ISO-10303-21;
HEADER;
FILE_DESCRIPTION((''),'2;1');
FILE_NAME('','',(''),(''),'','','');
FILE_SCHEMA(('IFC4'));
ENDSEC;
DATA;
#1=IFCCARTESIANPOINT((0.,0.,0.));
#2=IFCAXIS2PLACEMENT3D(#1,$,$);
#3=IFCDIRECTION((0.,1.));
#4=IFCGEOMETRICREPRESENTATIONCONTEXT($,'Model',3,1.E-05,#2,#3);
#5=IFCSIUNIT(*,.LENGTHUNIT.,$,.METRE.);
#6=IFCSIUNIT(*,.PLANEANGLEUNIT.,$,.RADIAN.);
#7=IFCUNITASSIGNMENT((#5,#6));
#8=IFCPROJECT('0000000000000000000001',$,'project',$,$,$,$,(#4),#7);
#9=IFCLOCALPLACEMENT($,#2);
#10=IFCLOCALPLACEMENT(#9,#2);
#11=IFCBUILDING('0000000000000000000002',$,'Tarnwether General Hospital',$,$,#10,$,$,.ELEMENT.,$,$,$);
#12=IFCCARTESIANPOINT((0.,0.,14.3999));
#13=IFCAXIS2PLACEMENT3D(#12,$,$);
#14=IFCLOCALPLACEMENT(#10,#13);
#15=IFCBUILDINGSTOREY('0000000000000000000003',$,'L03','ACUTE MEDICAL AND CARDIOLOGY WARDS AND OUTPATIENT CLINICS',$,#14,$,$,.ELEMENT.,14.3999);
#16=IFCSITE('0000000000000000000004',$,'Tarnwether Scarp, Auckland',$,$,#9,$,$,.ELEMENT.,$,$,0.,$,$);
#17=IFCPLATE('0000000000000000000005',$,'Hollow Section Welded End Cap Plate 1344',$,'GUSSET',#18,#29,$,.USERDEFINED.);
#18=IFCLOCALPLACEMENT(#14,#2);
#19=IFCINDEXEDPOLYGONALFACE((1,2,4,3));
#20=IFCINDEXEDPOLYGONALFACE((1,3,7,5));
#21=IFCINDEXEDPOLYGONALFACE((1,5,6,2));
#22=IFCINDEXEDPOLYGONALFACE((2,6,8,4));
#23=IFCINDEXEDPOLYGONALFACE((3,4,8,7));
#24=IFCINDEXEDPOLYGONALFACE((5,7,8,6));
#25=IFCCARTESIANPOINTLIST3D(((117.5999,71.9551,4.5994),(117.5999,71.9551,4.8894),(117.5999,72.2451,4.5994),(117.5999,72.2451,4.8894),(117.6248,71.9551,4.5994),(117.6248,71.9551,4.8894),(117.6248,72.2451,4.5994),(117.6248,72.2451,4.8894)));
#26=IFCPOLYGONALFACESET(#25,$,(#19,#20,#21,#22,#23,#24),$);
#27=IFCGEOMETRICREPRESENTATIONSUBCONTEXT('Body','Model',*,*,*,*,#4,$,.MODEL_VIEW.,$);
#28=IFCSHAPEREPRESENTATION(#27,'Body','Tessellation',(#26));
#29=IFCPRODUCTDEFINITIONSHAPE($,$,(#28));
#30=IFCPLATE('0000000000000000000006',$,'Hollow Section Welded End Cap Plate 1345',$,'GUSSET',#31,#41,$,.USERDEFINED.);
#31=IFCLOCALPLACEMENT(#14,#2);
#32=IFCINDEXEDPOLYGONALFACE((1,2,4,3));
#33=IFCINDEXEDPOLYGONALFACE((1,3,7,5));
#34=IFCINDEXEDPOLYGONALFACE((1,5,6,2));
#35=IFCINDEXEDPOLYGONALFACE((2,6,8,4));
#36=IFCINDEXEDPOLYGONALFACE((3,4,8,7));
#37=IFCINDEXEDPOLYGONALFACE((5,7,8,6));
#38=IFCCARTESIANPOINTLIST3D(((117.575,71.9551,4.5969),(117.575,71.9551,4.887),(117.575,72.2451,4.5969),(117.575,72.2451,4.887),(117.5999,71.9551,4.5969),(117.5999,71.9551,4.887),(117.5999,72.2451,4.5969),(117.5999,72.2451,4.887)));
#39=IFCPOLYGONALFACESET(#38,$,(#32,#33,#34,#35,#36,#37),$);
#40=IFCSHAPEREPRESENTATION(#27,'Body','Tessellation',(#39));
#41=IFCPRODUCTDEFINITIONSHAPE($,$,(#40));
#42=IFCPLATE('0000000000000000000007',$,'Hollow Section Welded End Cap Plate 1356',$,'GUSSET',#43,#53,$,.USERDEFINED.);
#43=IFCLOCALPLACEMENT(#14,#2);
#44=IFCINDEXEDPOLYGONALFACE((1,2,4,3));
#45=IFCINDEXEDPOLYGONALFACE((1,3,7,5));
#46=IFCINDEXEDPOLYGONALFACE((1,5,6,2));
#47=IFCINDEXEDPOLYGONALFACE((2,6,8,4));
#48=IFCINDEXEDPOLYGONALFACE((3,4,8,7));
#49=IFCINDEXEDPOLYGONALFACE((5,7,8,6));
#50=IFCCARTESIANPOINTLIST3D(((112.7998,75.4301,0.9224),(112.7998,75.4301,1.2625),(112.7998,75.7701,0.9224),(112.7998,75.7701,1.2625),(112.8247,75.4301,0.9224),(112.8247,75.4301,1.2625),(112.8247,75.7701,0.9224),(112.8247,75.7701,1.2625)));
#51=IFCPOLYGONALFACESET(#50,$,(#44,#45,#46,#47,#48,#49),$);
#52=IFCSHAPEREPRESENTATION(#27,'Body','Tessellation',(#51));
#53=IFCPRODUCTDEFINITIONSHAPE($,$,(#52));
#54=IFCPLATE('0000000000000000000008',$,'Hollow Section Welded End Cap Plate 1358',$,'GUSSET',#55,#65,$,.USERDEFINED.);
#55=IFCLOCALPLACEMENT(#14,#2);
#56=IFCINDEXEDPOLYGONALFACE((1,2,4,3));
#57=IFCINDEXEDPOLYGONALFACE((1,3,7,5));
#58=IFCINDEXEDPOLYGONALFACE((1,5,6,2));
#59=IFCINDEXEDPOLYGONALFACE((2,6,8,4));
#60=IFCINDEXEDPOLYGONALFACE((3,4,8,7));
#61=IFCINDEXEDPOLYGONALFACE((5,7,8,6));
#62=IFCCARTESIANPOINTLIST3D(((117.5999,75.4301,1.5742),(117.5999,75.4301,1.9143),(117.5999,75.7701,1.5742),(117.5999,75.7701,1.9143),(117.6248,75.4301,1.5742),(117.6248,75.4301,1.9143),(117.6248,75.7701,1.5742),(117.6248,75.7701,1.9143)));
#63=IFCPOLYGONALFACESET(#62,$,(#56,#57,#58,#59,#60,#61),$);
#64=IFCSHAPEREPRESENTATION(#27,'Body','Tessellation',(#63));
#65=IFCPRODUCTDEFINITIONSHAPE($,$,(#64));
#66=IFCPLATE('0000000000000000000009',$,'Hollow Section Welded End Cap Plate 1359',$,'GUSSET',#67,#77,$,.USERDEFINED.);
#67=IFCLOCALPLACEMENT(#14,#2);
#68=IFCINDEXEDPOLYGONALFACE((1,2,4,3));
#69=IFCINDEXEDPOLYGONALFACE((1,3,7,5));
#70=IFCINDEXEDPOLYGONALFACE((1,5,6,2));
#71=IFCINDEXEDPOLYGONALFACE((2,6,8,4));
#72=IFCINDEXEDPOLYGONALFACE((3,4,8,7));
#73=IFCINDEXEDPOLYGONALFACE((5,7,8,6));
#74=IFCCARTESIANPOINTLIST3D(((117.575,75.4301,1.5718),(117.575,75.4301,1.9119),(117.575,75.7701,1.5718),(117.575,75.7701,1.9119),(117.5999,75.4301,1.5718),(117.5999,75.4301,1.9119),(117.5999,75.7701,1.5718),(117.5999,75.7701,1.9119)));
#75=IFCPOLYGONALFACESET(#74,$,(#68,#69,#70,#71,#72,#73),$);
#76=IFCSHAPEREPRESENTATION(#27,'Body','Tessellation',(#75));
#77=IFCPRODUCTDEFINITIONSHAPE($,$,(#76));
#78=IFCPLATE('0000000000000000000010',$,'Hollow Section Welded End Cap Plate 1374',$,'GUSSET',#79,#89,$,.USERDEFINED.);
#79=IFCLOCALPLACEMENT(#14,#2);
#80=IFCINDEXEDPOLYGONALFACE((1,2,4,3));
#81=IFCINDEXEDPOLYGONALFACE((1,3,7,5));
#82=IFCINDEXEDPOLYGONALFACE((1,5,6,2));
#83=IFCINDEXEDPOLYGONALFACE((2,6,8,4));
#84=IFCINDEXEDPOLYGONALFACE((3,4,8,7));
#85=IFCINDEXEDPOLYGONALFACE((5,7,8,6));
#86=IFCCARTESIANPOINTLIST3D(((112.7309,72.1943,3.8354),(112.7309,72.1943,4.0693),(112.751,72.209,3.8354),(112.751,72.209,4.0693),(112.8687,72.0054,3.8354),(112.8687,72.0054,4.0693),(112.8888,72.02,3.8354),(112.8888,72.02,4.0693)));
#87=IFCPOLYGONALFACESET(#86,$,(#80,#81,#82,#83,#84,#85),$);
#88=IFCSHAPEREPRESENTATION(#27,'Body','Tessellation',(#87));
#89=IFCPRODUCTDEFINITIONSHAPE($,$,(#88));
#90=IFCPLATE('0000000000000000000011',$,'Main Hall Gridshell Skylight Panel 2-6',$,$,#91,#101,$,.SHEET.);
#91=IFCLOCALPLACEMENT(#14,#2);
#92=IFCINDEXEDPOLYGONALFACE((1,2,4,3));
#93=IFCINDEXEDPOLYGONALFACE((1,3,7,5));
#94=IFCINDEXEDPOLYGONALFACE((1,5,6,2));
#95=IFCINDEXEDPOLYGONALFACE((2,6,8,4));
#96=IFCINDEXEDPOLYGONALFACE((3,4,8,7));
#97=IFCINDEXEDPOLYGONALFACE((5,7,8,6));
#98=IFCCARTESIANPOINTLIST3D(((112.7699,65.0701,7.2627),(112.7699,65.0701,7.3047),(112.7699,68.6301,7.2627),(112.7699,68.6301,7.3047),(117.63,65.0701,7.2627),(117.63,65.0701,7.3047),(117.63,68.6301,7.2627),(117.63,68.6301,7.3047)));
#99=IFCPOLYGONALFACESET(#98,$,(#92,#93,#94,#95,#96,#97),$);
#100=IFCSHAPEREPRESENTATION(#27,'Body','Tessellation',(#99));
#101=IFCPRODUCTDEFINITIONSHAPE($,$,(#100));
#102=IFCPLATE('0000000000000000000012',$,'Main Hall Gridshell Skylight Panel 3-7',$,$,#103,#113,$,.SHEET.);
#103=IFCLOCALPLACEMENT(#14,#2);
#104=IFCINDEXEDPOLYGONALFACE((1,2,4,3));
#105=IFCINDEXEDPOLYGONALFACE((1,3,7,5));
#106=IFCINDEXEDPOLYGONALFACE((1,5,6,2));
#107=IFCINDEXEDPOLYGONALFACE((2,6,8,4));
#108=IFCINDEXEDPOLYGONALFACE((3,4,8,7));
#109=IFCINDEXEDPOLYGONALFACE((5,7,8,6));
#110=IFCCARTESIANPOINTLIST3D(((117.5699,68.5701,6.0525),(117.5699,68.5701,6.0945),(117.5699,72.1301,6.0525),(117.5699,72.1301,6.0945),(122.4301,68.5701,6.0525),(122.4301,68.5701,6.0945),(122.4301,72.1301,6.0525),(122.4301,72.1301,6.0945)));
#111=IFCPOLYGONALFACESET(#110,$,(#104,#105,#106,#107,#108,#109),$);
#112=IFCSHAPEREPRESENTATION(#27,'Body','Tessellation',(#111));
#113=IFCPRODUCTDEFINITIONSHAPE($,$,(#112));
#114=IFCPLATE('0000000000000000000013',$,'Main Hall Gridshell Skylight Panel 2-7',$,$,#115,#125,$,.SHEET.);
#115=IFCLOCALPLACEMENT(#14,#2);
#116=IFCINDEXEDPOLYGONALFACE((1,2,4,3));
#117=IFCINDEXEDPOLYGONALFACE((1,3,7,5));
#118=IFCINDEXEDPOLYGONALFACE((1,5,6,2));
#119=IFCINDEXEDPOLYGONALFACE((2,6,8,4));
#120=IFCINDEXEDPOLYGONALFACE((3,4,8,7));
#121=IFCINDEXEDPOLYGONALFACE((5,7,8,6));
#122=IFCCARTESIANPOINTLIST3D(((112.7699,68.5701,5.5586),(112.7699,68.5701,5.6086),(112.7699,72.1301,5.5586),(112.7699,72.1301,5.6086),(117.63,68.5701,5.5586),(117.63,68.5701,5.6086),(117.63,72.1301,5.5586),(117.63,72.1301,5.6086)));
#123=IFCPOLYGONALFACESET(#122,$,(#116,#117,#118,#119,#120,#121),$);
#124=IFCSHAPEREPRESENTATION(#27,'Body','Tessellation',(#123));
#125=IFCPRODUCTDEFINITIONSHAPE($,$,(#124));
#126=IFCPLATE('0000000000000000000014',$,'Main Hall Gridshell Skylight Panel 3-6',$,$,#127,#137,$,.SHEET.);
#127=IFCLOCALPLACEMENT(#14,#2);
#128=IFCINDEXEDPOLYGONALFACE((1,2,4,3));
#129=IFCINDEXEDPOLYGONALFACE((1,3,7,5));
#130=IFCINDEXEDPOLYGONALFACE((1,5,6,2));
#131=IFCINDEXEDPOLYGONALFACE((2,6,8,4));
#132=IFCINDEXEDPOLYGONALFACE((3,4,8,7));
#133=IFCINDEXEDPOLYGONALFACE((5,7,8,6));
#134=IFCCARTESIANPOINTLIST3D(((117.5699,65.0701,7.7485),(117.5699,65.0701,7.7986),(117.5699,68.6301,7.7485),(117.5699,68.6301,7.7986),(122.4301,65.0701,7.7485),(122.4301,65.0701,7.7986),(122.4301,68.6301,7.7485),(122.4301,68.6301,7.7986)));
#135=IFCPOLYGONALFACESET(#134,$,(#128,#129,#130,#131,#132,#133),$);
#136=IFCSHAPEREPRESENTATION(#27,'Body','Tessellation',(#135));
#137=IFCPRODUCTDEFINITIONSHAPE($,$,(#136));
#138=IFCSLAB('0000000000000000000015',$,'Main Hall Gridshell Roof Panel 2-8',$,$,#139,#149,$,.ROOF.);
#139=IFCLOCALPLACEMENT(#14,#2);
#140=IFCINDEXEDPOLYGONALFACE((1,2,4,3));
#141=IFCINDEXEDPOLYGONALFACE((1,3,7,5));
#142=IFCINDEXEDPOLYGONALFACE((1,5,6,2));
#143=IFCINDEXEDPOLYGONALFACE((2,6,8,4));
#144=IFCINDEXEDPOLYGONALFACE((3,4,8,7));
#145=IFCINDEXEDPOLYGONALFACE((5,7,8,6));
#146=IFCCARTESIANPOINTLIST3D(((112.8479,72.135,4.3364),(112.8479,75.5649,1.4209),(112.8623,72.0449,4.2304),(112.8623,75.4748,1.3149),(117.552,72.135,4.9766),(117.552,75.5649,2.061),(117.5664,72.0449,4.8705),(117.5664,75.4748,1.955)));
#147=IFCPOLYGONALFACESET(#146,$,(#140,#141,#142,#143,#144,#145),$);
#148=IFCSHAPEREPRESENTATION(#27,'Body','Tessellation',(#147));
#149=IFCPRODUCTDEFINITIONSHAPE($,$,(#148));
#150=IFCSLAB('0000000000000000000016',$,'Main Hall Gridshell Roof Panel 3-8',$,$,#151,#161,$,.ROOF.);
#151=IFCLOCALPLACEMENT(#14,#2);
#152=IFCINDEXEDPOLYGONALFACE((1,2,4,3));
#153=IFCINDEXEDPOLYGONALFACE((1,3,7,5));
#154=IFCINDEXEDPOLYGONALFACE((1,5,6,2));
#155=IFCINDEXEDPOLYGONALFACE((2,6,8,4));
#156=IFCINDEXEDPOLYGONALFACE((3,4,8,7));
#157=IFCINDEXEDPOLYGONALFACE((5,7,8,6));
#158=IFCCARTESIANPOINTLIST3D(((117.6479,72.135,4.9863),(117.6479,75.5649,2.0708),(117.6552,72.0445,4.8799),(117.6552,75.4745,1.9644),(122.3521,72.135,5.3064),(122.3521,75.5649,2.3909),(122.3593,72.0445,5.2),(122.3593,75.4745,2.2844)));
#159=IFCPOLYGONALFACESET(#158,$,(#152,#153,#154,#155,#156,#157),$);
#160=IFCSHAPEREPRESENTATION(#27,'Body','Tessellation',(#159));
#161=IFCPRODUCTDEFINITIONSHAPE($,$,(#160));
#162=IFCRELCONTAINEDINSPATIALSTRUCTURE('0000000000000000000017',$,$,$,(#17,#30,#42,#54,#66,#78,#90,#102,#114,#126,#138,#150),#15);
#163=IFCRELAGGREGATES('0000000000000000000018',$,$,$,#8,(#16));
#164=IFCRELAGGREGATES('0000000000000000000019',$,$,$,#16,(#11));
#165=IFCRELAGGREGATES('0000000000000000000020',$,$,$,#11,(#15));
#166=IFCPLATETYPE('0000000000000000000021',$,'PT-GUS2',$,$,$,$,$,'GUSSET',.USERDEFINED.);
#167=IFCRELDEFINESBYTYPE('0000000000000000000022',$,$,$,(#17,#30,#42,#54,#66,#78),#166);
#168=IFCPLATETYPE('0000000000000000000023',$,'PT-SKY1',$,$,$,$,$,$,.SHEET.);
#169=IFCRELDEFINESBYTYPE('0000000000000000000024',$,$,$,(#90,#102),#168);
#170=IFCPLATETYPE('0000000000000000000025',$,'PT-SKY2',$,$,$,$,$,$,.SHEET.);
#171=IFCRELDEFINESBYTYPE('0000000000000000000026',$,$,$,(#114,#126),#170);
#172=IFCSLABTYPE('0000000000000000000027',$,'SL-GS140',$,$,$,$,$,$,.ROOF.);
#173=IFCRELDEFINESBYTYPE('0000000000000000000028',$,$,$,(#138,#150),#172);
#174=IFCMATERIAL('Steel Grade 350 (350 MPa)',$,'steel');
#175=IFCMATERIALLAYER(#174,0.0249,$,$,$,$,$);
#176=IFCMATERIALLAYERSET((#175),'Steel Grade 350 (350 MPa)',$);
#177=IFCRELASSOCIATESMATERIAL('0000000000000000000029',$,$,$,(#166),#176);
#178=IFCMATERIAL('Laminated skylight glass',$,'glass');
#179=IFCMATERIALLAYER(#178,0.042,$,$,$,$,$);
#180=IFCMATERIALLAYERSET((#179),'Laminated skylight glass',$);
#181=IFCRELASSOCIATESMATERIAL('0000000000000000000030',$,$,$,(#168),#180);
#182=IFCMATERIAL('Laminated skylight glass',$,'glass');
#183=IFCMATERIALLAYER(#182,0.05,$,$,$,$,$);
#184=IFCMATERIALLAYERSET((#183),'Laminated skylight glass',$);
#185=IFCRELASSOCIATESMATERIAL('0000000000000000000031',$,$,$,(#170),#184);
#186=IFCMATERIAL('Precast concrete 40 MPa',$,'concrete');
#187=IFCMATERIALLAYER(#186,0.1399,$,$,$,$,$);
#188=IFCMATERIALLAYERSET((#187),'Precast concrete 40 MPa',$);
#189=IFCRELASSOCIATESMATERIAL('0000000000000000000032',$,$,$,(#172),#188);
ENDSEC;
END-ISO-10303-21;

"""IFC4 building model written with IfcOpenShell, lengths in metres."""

from ifc_helpers import new_model, si_unit, direction, frame, origin, origin_2d, place, context, subcontext, project, spatial, polyline, rectangle, outline, extrude, material, layer, layer_set, type_object, element, save


model = new_model("IFC4")

# Units and contexts
model_context = context("Model", 3, precision=1e-05, world=origin(), true_north=direction((0.0, 1.0)))
body_context = subcontext(model_context, "Body", "Model", "MODEL_VIEW")
ifc_project = project(units=[si_unit("LENGTHUNIT", "METRE"), si_unit("PLANEANGLEUNIT", "RADIAN")], contexts=[model_context])

# Site, building, storey
site_placement = place(None, origin())
site = spatial("IfcSite", under=ifc_project, at=site_placement, Name="Tarnwether Scarp, Auckland", CompositionType="ELEMENT", RefElevation=0.0)
building_placement = place(site_placement, origin())
building = spatial("IfcBuilding", under=site, at=building_placement, Name="Tarnwether General Hospital", CompositionType="ELEMENT")
storey_placement = place(building_placement, frame((0.0, 0.0, 14.3999)))
storey = spatial("IfcBuildingStorey", under=building, at=storey_placement, Name="L03", Description="ACUTE MEDICAL AND CARDIOLOGY WARDS AND OUTPATIENT CLINICS", CompositionType="ELEMENT", Elevation=14.3999)

# Plates
ifc_material_1 = material(Name="Steel Grade 350 (350 MPa)", Category="steel")
ifc_layer_1 = layer(ifc_material_1, 0.0249)
ifc_layer_set_1 = layer_set([ifc_layer_1], Name="Steel Grade 350 (350 MPa)")
plate_type_1 = type_object("IfcPlateType", Name="PT-GUS2", ElementType="GUSSET", PredefinedType="USERDEFINED", material=ifc_layer_set_1)
for number, where, z_axis, x_axis, name in (
    (1, (117.6123, 72.1001, 4.5994), (0.0, 0.0, 1.0), (1.0, 0.0, 0.0), "Hollow Section Welded End Cap Plate 1344"),
    (2, (117.5874, 72.1001, 4.5969), (0.0, 0.0, 1.0), (1.0, 0.0, 0.0), "Hollow Section Welded End Cap Plate 1345"),
):
    element("IfcPlate", number, at=place(storey_placement, frame(where, z_axis=z_axis, x_axis=x_axis)), inside=storey, type_object=plate_type_1, Name=name, ObjectType="GUSSET", PredefinedType="USERDEFINED", context=body_context, shape_type="SweptSolid", body=[
        extrude(rectangle(XDim=0.0249, YDim=0.29, at=origin_2d()), origin(), (0.0, 0.0, 1.0), 0.29),
    ])
for number, where, z_axis, x_axis, name in (
    (3, (112.8123, 75.6001, 0.9224), (0.0, 0.0, 1.0), (1.0, 0.0, 0.0), "Hollow Section Welded End Cap Plate 1356"),
    (4, (117.6123, 75.6001, 1.5742), (0.0, 0.0, 1.0), (1.0, 0.0, 0.0), "Hollow Section Welded End Cap Plate 1358"),
    (5, (117.5874, 75.6001, 1.5718), (0.0, 0.0, 1.0), (1.0, 0.0, 0.0), "Hollow Section Welded End Cap Plate 1359"),
):
    element("IfcPlate", number, at=place(storey_placement, frame(where, z_axis=z_axis, x_axis=x_axis)), inside=storey, type_object=plate_type_1, Name=name, ObjectType="GUSSET", PredefinedType="USERDEFINED", context=body_context, shape_type="SweptSolid", body=[
        extrude(rectangle(XDim=0.0249, YDim=0.3401, at=origin_2d()), origin(), (0.0, 0.0, 1.0), 0.3401),
    ])
plate_placement = place(storey_placement, frame((112.8098, 72.1072, 3.8354), z_axis=(0.0, 0.0, 1.0), x_axis=(0.80801, 0.589168, 0.0)))
element("IfcPlate", 6, at=plate_placement, inside=storey, type_object=plate_type_1, Name="Hollow Section Welded End Cap Plate 1374", ObjectType="GUSSET", PredefinedType="USERDEFINED", context=body_context, shape_type="SweptSolid", body=[
    extrude(rectangle(XDim=0.0249, YDim=0.2339, at=origin_2d()), origin(), (0.0, 0.0, 1.0), 0.2339),
])
ifc_material_2 = material(Name="Laminated skylight glass", Category="glass")
ifc_layer_2 = layer(ifc_material_2, 0.042)
ifc_layer_set_2 = layer_set([ifc_layer_2], Name="Laminated skylight glass")
plate_type_2 = type_object("IfcPlateType", Name="PT-SKY1", PredefinedType="SHEET", material=ifc_layer_set_2)
for number, where, z_axis, x_axis, name in (
    (7, (115.2, 66.8501, 7.2627), (0.0, 0.0, 1.0), (1.0, 0.0, 0.0), "Main Hall Gridshell Skylight Panel 2-6"),
    (8, (120.0, 70.3501, 6.0525), (0.0, 0.0, 1.0), (1.0, 0.0, 0.0), "Main Hall Gridshell Skylight Panel 3-7"),
):
    element("IfcPlate", number, at=place(storey_placement, frame(where, z_axis=z_axis, x_axis=x_axis)), inside=storey, type_object=plate_type_2, Name=name, PredefinedType="SHEET", context=body_context, shape_type="SweptSolid", body=[
        extrude(rectangle(XDim=4.8601, YDim=3.5601, at=origin_2d()), origin(), (0.0, 0.0, 1.0), 0.042),
    ])
ifc_material_3 = material(Name="Laminated skylight glass", Category="glass")
ifc_layer_3 = layer(ifc_material_3, 0.05)
ifc_layer_set_3 = layer_set([ifc_layer_3], Name="Laminated skylight glass")
plate_type_3 = type_object("IfcPlateType", Name="PT-SKY2", PredefinedType="SHEET", material=ifc_layer_set_3)
for number, where, z_axis, x_axis, name in (
    (9, (115.2, 70.3501, 5.5586), (0.0, 0.0, 1.0), (1.0, 0.0, 0.0), "Main Hall Gridshell Skylight Panel 2-7"),
    (10, (120.0, 66.8501, 7.7485), (0.0, 0.0, 1.0), (1.0, 0.0, 0.0), "Main Hall Gridshell Skylight Panel 3-6"),
):
    element("IfcPlate", number, at=place(storey_placement, frame(where, z_axis=z_axis, x_axis=x_axis)), inside=storey, type_object=plate_type_3, Name=name, PredefinedType="SHEET", context=body_context, shape_type="SweptSolid", body=[
        extrude(rectangle(XDim=4.8601, YDim=3.5601, at=origin_2d()), origin(), (0.0, 0.0, 1.0), 0.05),
    ])

# Slabs
ifc_material_4 = material(Name="Precast concrete 40 MPa", Category="concrete")
ifc_layer_4 = layer(ifc_material_4, 0.1399)
ifc_layer_set_4 = layer_set([ifc_layer_4], Name="Precast concrete 40 MPa")
slab_type = type_object("IfcSlabType", Name="SL-GS140", PredefinedType="ROOF", material=ifc_layer_set_4)
slab_1_placement = place(storey_placement, frame((112.8479, 72.135, 4.3364), z_axis=(-0.103131, 0.644206, 0.757867), x_axis=(0.990868, 0.0, 0.134838)))
element("IfcSlab", 11, at=slab_1_placement, inside=storey, type_object=slab_type, Name="Main Hall Gridshell Roof Panel 2-8", PredefinedType="ROOF", context=body_context, shape_type="SweptSolid", body=[
    extrude(outline(polyline([(0.0, 0.0), (4.7475, 0.0), (4.3543, 4.4844), (-0.3931, 4.4844), (0.0, 0.0)])), origin(), (0.0, 0.0, -1.0), 0.1399),
])
slab_2_placement = place(storey_placement, frame((117.6479, 72.135, 4.9863), z_axis=(-0.051772, 0.646791, 0.760908), x_axis=(0.997693, 0.0, 0.067883)))
element("IfcSlab", 12, at=slab_2_placement, inside=storey, type_object=slab_type, Name="Main Hall Gridshell Roof Panel 3-8", PredefinedType="ROOF", context=body_context, shape_type="SweptSolid", body=[
    extrude(outline(polyline([(0.0, 0.0), (4.715, 0.0), (4.5171, 4.4973), (-0.1979, 4.4973), (0.0, 0.0)])), origin(), (0.0, 0.0, -1.0), 0.1399),
])

save(model, "model.ifc")
